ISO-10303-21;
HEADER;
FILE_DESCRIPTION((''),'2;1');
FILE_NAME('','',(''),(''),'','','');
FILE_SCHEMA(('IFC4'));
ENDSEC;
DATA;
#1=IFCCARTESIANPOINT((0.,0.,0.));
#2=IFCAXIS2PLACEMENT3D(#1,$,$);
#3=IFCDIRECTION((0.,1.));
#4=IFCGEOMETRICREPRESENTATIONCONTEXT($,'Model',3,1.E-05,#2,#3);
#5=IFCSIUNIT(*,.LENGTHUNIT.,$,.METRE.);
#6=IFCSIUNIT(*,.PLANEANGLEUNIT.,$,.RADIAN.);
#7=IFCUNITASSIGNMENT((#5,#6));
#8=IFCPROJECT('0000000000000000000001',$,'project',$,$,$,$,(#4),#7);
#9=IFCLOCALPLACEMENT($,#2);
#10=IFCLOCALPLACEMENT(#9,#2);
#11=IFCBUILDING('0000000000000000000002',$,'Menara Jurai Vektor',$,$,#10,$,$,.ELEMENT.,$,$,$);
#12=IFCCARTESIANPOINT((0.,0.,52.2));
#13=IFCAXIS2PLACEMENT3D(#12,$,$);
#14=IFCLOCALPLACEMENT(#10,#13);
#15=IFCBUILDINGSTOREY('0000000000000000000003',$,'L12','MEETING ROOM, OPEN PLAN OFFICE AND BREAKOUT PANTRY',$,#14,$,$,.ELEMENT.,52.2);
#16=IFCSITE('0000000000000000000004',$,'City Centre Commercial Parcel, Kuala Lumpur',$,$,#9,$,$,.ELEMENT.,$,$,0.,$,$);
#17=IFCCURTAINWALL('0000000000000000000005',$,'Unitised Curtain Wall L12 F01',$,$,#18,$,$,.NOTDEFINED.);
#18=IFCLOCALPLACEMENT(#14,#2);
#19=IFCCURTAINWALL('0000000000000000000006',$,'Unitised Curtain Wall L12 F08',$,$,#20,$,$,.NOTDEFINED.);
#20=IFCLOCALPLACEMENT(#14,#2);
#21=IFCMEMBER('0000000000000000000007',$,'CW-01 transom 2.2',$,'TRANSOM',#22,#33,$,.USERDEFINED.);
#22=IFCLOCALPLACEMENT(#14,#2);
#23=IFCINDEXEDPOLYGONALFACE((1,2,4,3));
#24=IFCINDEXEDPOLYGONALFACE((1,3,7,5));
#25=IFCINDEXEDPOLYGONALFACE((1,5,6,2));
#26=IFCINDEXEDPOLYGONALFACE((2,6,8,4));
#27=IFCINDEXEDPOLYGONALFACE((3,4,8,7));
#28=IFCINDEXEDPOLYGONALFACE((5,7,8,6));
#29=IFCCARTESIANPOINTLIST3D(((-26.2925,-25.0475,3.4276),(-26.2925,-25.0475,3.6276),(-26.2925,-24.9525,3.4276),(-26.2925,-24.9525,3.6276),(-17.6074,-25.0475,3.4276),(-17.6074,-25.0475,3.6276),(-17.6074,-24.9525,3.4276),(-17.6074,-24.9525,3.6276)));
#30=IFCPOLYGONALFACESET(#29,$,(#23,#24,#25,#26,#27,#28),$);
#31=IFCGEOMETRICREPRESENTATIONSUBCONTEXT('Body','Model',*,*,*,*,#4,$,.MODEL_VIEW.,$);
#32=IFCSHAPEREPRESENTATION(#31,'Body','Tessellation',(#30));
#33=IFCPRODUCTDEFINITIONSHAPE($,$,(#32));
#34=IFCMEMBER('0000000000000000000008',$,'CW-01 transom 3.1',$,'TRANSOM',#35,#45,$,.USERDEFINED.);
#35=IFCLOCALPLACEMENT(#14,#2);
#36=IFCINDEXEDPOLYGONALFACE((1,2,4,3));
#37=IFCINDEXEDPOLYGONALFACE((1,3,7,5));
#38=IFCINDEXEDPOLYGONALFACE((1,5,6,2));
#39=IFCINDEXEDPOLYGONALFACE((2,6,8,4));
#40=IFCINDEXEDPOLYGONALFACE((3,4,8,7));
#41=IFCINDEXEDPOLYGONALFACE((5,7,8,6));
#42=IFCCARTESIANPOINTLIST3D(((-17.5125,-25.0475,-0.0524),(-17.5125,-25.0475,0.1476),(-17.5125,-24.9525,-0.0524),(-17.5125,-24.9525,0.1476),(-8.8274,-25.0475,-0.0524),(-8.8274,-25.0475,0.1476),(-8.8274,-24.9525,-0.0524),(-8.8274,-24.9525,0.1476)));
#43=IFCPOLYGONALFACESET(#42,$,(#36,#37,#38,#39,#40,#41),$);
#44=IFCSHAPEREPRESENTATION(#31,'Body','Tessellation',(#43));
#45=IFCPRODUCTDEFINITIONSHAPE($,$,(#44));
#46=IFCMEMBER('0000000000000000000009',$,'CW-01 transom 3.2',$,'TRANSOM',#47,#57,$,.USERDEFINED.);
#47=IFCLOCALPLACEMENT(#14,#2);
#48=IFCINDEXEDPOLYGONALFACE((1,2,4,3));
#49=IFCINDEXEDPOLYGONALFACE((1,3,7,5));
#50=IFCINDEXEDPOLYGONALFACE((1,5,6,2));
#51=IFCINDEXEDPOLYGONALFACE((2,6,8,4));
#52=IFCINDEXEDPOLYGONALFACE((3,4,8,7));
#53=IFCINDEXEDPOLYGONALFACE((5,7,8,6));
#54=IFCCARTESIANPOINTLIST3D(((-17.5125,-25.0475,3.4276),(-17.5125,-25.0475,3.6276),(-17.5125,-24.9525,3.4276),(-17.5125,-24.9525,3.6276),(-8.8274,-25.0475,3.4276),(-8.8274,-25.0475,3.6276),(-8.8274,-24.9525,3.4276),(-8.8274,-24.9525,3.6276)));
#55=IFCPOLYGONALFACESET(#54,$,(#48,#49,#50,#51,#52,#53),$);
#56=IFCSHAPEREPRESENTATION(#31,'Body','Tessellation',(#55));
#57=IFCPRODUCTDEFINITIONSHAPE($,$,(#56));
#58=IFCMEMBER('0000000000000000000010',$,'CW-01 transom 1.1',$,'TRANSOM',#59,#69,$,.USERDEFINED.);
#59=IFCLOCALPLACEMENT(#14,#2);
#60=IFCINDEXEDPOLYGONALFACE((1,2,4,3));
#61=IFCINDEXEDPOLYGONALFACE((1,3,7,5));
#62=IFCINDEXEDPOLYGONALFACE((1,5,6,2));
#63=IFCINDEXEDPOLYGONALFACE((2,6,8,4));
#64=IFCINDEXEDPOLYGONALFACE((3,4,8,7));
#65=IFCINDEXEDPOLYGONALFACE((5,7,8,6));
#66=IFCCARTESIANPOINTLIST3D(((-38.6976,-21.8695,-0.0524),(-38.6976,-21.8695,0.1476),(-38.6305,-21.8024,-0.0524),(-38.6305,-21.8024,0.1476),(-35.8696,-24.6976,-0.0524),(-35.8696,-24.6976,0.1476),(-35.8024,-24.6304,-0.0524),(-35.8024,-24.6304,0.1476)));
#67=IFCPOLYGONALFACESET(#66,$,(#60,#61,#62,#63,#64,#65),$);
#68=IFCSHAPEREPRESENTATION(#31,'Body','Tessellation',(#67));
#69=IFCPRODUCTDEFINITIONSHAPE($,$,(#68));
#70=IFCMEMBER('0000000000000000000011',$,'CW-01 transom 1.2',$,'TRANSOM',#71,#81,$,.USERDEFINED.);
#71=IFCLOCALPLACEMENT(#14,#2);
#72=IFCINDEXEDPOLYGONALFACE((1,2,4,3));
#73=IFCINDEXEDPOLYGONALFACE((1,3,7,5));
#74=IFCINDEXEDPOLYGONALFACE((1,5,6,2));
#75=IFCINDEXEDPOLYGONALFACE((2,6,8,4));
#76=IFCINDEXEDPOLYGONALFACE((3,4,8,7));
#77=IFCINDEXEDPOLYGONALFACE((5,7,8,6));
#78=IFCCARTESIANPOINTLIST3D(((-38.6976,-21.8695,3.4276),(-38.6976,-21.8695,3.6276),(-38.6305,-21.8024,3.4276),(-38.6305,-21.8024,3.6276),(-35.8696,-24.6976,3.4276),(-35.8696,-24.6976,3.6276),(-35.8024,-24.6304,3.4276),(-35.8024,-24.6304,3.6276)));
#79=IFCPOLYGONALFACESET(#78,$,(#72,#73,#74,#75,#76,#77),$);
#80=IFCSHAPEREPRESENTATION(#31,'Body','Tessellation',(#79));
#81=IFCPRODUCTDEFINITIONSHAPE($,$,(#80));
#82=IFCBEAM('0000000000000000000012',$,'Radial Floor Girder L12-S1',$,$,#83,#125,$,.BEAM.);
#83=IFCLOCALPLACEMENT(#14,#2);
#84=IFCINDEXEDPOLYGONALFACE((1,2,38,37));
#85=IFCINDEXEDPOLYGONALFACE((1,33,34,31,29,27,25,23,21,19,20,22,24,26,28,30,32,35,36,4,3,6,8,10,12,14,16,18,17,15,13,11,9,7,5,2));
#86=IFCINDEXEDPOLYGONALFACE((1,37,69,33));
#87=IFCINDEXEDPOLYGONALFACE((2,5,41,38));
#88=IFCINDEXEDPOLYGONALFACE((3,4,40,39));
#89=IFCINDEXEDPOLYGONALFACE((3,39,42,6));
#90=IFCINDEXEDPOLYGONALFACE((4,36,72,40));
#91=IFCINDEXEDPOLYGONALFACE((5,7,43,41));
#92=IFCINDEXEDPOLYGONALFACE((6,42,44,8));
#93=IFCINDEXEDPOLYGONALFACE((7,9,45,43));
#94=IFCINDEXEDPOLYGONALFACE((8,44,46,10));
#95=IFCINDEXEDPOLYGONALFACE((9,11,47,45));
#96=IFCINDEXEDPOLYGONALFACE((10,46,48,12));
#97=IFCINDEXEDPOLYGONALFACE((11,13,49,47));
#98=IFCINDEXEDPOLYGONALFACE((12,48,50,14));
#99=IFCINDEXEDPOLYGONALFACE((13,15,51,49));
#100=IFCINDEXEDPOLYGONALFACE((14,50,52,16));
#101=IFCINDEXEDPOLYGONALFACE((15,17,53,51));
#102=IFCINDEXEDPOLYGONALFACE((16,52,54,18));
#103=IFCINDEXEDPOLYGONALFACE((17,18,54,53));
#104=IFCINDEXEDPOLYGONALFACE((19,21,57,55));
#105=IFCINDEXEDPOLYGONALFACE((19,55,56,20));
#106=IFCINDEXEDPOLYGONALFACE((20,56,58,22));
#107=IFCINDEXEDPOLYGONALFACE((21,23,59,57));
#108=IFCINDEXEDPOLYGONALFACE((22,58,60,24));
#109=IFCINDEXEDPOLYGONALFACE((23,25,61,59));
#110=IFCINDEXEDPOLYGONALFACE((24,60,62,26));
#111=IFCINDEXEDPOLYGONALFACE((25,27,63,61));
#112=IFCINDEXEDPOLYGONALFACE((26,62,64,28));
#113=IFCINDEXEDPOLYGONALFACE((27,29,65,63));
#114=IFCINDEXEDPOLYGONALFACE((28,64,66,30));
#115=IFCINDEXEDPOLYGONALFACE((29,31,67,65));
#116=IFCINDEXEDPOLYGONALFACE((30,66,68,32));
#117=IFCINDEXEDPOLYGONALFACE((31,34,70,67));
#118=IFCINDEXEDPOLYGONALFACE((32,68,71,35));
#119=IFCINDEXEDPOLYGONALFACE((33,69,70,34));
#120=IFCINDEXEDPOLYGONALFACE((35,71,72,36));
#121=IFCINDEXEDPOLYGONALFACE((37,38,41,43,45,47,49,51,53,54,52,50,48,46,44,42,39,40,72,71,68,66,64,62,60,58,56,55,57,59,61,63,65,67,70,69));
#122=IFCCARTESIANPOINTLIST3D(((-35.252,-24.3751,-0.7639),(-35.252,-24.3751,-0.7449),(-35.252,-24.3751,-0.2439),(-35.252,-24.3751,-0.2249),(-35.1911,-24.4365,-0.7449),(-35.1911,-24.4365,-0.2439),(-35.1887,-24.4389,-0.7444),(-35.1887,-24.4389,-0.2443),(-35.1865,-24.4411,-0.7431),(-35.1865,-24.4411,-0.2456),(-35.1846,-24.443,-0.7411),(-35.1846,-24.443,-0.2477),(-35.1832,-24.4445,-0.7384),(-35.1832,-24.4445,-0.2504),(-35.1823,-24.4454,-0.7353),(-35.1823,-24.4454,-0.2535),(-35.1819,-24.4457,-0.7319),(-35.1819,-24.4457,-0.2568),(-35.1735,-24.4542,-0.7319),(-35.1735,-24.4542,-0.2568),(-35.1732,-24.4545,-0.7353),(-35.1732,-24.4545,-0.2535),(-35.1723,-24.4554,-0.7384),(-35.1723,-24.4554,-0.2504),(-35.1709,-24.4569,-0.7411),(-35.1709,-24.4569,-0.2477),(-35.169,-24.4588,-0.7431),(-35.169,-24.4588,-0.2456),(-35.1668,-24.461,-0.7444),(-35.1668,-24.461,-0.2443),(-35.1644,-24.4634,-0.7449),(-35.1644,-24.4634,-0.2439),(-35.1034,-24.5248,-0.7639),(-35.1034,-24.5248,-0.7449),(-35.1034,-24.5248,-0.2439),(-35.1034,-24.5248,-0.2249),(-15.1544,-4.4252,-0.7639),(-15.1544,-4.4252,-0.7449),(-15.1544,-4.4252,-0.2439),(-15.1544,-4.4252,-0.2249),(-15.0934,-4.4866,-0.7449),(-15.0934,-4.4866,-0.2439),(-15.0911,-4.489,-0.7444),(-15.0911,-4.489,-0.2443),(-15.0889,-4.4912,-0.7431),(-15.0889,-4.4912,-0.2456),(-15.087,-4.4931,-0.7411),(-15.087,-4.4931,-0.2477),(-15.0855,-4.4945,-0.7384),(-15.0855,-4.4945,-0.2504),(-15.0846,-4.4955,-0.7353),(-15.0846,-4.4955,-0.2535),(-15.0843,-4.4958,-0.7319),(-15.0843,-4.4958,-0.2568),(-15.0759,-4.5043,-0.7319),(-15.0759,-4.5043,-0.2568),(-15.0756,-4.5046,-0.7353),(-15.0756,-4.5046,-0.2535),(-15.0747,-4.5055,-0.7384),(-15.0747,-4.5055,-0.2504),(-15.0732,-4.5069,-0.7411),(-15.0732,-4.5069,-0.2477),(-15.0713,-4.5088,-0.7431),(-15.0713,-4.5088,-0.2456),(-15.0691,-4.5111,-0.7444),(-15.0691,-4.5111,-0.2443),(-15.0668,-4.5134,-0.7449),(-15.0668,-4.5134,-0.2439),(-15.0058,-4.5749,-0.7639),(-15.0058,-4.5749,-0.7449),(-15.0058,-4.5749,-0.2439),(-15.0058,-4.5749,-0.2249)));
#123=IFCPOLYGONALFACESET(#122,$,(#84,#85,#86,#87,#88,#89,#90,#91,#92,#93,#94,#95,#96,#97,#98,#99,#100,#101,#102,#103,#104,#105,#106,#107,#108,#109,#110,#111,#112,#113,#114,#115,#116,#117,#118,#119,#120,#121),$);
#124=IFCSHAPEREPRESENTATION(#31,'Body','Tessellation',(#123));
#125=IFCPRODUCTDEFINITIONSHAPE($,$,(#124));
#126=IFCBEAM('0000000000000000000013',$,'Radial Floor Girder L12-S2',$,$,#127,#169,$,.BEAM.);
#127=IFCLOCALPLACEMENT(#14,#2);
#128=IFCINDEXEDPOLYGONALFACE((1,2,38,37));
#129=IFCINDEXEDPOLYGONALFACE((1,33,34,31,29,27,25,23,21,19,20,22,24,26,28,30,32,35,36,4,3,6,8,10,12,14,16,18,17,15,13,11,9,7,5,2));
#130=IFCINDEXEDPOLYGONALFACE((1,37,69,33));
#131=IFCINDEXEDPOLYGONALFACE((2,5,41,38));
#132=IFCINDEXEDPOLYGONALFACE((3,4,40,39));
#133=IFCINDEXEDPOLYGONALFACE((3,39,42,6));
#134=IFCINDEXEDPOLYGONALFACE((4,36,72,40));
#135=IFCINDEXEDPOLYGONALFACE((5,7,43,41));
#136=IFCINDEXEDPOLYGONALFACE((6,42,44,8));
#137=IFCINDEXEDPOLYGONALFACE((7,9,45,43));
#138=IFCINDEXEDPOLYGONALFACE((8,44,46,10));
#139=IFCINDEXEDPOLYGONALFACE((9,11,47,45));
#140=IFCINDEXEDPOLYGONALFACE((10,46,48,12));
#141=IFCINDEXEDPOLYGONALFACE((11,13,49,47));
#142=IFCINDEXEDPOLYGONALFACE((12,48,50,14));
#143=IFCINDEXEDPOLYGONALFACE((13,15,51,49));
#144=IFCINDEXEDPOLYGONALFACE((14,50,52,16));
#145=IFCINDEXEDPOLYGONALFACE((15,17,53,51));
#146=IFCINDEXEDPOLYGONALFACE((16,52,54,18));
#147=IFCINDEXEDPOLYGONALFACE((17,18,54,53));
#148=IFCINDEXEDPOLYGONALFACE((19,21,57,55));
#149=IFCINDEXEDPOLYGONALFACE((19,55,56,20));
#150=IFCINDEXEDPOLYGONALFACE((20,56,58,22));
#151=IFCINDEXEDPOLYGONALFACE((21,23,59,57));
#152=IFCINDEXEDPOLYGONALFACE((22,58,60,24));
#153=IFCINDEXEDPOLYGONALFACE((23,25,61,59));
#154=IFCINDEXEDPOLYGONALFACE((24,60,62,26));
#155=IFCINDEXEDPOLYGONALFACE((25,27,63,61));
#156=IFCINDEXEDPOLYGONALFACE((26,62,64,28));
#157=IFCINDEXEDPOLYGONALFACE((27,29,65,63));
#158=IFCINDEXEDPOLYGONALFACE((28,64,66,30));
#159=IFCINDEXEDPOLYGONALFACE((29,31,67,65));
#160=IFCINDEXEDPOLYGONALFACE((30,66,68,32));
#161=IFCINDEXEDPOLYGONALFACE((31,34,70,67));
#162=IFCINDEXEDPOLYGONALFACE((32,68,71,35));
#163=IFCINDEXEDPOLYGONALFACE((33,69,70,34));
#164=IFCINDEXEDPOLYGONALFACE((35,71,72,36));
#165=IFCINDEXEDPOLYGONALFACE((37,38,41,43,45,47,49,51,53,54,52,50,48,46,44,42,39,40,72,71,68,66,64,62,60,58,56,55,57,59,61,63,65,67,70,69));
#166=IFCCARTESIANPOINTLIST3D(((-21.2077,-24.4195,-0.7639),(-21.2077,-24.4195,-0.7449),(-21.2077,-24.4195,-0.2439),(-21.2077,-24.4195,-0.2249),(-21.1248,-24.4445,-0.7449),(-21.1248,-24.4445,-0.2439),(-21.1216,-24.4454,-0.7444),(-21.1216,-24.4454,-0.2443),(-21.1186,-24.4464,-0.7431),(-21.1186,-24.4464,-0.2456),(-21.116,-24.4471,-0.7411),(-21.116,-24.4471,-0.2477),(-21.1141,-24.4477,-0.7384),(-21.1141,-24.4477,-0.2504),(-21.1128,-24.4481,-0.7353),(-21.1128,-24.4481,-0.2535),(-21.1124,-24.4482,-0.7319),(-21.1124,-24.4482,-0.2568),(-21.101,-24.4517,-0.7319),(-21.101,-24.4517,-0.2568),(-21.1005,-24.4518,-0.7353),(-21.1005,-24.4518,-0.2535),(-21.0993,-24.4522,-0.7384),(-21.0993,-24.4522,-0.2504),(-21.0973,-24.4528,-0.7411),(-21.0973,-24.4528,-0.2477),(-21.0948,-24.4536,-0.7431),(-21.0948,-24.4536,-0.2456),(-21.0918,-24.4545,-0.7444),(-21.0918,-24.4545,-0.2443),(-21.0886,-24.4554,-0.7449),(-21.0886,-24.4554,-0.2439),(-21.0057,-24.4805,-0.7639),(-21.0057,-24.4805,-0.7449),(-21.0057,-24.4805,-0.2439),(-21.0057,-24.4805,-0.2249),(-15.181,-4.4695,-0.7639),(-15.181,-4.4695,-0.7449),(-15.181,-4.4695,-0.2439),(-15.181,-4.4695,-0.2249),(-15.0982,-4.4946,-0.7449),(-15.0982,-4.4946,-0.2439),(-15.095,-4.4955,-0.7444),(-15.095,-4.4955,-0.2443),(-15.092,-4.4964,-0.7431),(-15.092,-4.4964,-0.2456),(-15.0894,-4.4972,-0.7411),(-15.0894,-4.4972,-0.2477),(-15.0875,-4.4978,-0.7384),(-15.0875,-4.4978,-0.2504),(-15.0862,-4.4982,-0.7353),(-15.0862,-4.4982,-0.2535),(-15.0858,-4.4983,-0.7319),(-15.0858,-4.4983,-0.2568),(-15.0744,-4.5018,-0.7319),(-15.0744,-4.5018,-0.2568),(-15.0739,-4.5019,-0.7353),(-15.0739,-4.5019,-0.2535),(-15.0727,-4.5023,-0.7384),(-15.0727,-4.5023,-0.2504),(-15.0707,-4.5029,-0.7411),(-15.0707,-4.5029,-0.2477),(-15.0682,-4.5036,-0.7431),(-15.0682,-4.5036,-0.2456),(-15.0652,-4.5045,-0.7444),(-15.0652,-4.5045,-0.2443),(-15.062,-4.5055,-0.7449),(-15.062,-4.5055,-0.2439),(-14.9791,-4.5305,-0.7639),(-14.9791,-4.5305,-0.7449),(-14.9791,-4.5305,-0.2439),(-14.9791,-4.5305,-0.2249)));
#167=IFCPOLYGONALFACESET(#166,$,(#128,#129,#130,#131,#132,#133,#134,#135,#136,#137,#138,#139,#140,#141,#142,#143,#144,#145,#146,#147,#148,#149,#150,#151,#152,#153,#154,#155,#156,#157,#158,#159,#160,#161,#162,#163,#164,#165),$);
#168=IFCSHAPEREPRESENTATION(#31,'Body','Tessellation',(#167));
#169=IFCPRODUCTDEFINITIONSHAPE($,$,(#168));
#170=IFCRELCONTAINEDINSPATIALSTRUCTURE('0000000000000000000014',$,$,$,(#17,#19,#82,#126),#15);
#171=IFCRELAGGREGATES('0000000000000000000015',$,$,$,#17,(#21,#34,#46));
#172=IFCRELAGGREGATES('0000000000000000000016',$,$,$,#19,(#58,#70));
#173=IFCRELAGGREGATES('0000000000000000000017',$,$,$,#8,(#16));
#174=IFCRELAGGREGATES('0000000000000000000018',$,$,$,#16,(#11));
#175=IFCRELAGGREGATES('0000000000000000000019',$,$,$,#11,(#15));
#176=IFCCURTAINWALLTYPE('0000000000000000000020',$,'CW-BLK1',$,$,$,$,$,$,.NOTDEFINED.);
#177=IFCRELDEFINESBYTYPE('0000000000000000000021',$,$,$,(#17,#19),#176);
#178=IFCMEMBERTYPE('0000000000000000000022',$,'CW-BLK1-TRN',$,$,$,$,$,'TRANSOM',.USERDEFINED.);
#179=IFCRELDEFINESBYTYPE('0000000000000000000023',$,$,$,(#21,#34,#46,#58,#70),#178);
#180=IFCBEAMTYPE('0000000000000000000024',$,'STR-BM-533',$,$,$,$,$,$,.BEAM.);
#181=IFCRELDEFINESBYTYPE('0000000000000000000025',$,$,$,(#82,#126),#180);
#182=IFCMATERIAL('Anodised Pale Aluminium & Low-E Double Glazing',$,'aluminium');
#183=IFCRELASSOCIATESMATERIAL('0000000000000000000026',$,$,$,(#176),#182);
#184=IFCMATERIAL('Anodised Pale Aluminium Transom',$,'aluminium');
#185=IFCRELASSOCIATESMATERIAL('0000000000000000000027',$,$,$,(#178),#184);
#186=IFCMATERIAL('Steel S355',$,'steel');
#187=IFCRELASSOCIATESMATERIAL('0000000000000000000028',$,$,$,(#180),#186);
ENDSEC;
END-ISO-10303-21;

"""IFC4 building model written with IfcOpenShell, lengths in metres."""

from ifc_helpers import new_model, si_unit, direction, frame, origin, origin_2d, place, context, subcontext, project, spatial, rectangle, i_section, extrude, material, material_profile, profile_set, type_object, element, aggregate, save


model = new_model("IFC4")

# Units and contexts
model_context = context("Model", 3, precision=1e-05, world=origin(), true_north=direction((0.0, 1.0)))
body_context = subcontext(model_context, "Body", "Model", "MODEL_VIEW")
ifc_project = project(units=[si_unit("LENGTHUNIT", "METRE"), si_unit("PLANEANGLEUNIT", "RADIAN")], contexts=[model_context])

# Site, building, storey
site_placement = place(None, origin())
site = spatial("IfcSite", under=ifc_project, at=site_placement, Name="City Centre Commercial Parcel, Kuala Lumpur", CompositionType="ELEMENT", RefElevation=0.0)
building_placement = place(site_placement, origin())
building = spatial("IfcBuilding", under=site, at=building_placement, Name="Menara Jurai Vektor", CompositionType="ELEMENT")
storey_placement = place(building_placement, frame((0.0, 0.0, 52.2)))
storey = spatial("IfcBuildingStorey", under=building, at=storey_placement, Name="L12", Description="MEETING ROOM, OPEN PLAN OFFICE AND BREAKOUT PANTRY", CompositionType="ELEMENT", Elevation=52.2)

# Curtain wall
ifc_material_1 = material(Name="Anodised Pale Aluminium & Low-E Double Glazing", Category="aluminium")
curtain_wall_type = type_object("IfcCurtainWallType", Name="CW-BLK1", PredefinedType="NOTDEFINED", material=ifc_material_1)
curtain_wall_1_placement = place(storey_placement, origin())
curtain_wall_1 = element("IfcCurtainWall", 1, at=curtain_wall_1_placement, inside=storey, type_object=curtain_wall_type, Name="Unitised Curtain Wall L12 F01", PredefinedType="NOTDEFINED")

# Curtain wall
curtain_wall_2_placement = place(storey_placement, origin())
curtain_wall_2 = element("IfcCurtainWall", 2, at=curtain_wall_2_placement, inside=storey, type_object=curtain_wall_type, Name="Unitised Curtain Wall L12 F08", PredefinedType="NOTDEFINED")

# Members
ifc_material_2 = material(Name="Anodised Pale Aluminium Transom", Category="aluminium")
ifc_material_profile_1 = material_profile(ifc_material_2, rectangle(XDim=0.095, YDim=0.2, at=origin_2d()), Name="ALU TRN 95x200")
ifc_profile_set_1 = profile_set([ifc_material_profile_1], Name="Anodised Pale Aluminium Transom")
member_type_1 = type_object("IfcMemberType", Name="CW-BLK1-TRN", ElementType="TRANSOM", PredefinedType="USERDEFINED", material=ifc_profile_set_1)
member_1_placement = place(storey_placement, frame((-26.2925, -25.0, 3.5276), z_axis=(1.0, 0.0, 0.0), x_axis=(0.0, 1.0, 0.0)))
member_1 = element("IfcMember", 3, at=member_1_placement, type_object=member_type_1, Name="CW-01 transom 2.2", ObjectType="TRANSOM", PredefinedType="USERDEFINED", context=body_context, shape_type="SweptSolid", body=[
    extrude(rectangle(XDim=0.095, YDim=0.2, at=origin_2d()), origin(), (0.0, 0.0, 1.0), 8.6851),
])
member_2_placement = place(storey_placement, frame((-17.5125, -25.0, 0.0476), z_axis=(1.0, 0.0, 0.0), x_axis=(0.0, 1.0, 0.0)))
member_2 = element("IfcMember", 4, at=member_2_placement, type_object=member_type_1, Name="CW-01 transom 3.1", ObjectType="TRANSOM", PredefinedType="USERDEFINED", context=body_context, shape_type="SweptSolid", body=[
    extrude(rectangle(XDim=0.095, YDim=0.2, at=origin_2d()), origin(), (0.0, 0.0, 1.0), 8.6851),
])
member_3_placement = place(storey_placement, frame((-17.5125, -25.0, 3.5276), z_axis=(1.0, 0.0, 0.0), x_axis=(0.0, 1.0, 0.0)))
member_3 = element("IfcMember", 5, at=member_3_placement, type_object=member_type_1, Name="CW-01 transom 3.2", ObjectType="TRANSOM", PredefinedType="USERDEFINED", context=body_context, shape_type="SweptSolid", body=[
    extrude(rectangle(XDim=0.095, YDim=0.2, at=origin_2d()), origin(), (0.0, 0.0, 1.0), 8.6851),
])
member_4_placement = place(storey_placement, frame((-38.6641, -21.8359, 0.0476), z_axis=(0.707107, -0.707107, 0.0), x_axis=(0.707107, 0.707107, 0.0)))
member_4 = element("IfcMember", 6, at=member_4_placement, type_object=member_type_1, Name="CW-01 transom 1.1", ObjectType="TRANSOM", PredefinedType="USERDEFINED", context=body_context, shape_type="SweptSolid", body=[
    extrude(rectangle(XDim=0.095, YDim=0.2, at=origin_2d()), origin(), (0.0, 0.0, 1.0), 3.9995),
])
member_5_placement = place(storey_placement, frame((-38.6641, -21.8359, 3.5276), z_axis=(0.707107, -0.707107, 0.0), x_axis=(0.707107, 0.707107, 0.0)))
member_5 = element("IfcMember", 7, at=member_5_placement, type_object=member_type_1, Name="CW-01 transom 1.2", ObjectType="TRANSOM", PredefinedType="USERDEFINED", context=body_context, shape_type="SweptSolid", body=[
    extrude(rectangle(XDim=0.095, YDim=0.2, at=origin_2d()), origin(), (0.0, 0.0, 1.0), 3.9995),
])

# Beams
ifc_material_3 = material(Name="Steel S355", Category="steel")
ifc_material_profile_2 = material_profile(ifc_material_3, i_section(OverallWidth=0.2109, OverallDepth=0.5391, WebThickness=0.012, FlangeThickness=0.019, FilletRadius=0.0129, at=origin_2d()), Name="UKB 533x210x109")
ifc_profile_set_2 = profile_set([ifc_material_profile_2], Name="Steel S355")
beam_type_1 = type_object("IfcBeamType", Name="STR-BM-533", PredefinedType="BEAM", material=ifc_profile_set_2)
beam_1_placement = place(storey_placement, frame((-35.1777, -24.45, -0.4944), z_axis=(0.70971, 0.704494, 0.0), x_axis=(-0.704494, 0.70971, 0.0)))
element("IfcBeam", 8, at=beam_1_placement, inside=storey, type_object=beam_type_1, Name="Radial Floor Girder L12-S1", PredefinedType="BEAM", context=body_context, shape_type="SweptSolid", body=[
    extrude(i_section(OverallWidth=0.2109, OverallDepth=0.5391, WebThickness=0.012, FlangeThickness=0.019, FilletRadius=0.0129, at=origin_2d()), origin(), (0.0, 0.0, 1.0), 28.3181),
])
beam_2_placement = place(storey_placement, frame((-21.1067, -24.45, -0.4944), z_axis=(0.28918, 0.957275, 0.0), x_axis=(-0.957275, 0.28918, 0.0)))
element("IfcBeam", 9, at=beam_2_placement, inside=storey, type_object=beam_type_1, Name="Radial Floor Girder L12-S2", PredefinedType="BEAM", context=body_context, shape_type="SweptSolid", body=[
    extrude(i_section(OverallWidth=0.2109, OverallDepth=0.5391, WebThickness=0.012, FlangeThickness=0.019, FilletRadius=0.0129, at=origin_2d()), origin(), (0.0, 0.0, 1.0), 20.8403),
])

aggregate(curtain_wall_1, [member_1, member_2, member_3])
aggregate(curtain_wall_2, [member_4, member_5])

save(model, "model.ifc")
